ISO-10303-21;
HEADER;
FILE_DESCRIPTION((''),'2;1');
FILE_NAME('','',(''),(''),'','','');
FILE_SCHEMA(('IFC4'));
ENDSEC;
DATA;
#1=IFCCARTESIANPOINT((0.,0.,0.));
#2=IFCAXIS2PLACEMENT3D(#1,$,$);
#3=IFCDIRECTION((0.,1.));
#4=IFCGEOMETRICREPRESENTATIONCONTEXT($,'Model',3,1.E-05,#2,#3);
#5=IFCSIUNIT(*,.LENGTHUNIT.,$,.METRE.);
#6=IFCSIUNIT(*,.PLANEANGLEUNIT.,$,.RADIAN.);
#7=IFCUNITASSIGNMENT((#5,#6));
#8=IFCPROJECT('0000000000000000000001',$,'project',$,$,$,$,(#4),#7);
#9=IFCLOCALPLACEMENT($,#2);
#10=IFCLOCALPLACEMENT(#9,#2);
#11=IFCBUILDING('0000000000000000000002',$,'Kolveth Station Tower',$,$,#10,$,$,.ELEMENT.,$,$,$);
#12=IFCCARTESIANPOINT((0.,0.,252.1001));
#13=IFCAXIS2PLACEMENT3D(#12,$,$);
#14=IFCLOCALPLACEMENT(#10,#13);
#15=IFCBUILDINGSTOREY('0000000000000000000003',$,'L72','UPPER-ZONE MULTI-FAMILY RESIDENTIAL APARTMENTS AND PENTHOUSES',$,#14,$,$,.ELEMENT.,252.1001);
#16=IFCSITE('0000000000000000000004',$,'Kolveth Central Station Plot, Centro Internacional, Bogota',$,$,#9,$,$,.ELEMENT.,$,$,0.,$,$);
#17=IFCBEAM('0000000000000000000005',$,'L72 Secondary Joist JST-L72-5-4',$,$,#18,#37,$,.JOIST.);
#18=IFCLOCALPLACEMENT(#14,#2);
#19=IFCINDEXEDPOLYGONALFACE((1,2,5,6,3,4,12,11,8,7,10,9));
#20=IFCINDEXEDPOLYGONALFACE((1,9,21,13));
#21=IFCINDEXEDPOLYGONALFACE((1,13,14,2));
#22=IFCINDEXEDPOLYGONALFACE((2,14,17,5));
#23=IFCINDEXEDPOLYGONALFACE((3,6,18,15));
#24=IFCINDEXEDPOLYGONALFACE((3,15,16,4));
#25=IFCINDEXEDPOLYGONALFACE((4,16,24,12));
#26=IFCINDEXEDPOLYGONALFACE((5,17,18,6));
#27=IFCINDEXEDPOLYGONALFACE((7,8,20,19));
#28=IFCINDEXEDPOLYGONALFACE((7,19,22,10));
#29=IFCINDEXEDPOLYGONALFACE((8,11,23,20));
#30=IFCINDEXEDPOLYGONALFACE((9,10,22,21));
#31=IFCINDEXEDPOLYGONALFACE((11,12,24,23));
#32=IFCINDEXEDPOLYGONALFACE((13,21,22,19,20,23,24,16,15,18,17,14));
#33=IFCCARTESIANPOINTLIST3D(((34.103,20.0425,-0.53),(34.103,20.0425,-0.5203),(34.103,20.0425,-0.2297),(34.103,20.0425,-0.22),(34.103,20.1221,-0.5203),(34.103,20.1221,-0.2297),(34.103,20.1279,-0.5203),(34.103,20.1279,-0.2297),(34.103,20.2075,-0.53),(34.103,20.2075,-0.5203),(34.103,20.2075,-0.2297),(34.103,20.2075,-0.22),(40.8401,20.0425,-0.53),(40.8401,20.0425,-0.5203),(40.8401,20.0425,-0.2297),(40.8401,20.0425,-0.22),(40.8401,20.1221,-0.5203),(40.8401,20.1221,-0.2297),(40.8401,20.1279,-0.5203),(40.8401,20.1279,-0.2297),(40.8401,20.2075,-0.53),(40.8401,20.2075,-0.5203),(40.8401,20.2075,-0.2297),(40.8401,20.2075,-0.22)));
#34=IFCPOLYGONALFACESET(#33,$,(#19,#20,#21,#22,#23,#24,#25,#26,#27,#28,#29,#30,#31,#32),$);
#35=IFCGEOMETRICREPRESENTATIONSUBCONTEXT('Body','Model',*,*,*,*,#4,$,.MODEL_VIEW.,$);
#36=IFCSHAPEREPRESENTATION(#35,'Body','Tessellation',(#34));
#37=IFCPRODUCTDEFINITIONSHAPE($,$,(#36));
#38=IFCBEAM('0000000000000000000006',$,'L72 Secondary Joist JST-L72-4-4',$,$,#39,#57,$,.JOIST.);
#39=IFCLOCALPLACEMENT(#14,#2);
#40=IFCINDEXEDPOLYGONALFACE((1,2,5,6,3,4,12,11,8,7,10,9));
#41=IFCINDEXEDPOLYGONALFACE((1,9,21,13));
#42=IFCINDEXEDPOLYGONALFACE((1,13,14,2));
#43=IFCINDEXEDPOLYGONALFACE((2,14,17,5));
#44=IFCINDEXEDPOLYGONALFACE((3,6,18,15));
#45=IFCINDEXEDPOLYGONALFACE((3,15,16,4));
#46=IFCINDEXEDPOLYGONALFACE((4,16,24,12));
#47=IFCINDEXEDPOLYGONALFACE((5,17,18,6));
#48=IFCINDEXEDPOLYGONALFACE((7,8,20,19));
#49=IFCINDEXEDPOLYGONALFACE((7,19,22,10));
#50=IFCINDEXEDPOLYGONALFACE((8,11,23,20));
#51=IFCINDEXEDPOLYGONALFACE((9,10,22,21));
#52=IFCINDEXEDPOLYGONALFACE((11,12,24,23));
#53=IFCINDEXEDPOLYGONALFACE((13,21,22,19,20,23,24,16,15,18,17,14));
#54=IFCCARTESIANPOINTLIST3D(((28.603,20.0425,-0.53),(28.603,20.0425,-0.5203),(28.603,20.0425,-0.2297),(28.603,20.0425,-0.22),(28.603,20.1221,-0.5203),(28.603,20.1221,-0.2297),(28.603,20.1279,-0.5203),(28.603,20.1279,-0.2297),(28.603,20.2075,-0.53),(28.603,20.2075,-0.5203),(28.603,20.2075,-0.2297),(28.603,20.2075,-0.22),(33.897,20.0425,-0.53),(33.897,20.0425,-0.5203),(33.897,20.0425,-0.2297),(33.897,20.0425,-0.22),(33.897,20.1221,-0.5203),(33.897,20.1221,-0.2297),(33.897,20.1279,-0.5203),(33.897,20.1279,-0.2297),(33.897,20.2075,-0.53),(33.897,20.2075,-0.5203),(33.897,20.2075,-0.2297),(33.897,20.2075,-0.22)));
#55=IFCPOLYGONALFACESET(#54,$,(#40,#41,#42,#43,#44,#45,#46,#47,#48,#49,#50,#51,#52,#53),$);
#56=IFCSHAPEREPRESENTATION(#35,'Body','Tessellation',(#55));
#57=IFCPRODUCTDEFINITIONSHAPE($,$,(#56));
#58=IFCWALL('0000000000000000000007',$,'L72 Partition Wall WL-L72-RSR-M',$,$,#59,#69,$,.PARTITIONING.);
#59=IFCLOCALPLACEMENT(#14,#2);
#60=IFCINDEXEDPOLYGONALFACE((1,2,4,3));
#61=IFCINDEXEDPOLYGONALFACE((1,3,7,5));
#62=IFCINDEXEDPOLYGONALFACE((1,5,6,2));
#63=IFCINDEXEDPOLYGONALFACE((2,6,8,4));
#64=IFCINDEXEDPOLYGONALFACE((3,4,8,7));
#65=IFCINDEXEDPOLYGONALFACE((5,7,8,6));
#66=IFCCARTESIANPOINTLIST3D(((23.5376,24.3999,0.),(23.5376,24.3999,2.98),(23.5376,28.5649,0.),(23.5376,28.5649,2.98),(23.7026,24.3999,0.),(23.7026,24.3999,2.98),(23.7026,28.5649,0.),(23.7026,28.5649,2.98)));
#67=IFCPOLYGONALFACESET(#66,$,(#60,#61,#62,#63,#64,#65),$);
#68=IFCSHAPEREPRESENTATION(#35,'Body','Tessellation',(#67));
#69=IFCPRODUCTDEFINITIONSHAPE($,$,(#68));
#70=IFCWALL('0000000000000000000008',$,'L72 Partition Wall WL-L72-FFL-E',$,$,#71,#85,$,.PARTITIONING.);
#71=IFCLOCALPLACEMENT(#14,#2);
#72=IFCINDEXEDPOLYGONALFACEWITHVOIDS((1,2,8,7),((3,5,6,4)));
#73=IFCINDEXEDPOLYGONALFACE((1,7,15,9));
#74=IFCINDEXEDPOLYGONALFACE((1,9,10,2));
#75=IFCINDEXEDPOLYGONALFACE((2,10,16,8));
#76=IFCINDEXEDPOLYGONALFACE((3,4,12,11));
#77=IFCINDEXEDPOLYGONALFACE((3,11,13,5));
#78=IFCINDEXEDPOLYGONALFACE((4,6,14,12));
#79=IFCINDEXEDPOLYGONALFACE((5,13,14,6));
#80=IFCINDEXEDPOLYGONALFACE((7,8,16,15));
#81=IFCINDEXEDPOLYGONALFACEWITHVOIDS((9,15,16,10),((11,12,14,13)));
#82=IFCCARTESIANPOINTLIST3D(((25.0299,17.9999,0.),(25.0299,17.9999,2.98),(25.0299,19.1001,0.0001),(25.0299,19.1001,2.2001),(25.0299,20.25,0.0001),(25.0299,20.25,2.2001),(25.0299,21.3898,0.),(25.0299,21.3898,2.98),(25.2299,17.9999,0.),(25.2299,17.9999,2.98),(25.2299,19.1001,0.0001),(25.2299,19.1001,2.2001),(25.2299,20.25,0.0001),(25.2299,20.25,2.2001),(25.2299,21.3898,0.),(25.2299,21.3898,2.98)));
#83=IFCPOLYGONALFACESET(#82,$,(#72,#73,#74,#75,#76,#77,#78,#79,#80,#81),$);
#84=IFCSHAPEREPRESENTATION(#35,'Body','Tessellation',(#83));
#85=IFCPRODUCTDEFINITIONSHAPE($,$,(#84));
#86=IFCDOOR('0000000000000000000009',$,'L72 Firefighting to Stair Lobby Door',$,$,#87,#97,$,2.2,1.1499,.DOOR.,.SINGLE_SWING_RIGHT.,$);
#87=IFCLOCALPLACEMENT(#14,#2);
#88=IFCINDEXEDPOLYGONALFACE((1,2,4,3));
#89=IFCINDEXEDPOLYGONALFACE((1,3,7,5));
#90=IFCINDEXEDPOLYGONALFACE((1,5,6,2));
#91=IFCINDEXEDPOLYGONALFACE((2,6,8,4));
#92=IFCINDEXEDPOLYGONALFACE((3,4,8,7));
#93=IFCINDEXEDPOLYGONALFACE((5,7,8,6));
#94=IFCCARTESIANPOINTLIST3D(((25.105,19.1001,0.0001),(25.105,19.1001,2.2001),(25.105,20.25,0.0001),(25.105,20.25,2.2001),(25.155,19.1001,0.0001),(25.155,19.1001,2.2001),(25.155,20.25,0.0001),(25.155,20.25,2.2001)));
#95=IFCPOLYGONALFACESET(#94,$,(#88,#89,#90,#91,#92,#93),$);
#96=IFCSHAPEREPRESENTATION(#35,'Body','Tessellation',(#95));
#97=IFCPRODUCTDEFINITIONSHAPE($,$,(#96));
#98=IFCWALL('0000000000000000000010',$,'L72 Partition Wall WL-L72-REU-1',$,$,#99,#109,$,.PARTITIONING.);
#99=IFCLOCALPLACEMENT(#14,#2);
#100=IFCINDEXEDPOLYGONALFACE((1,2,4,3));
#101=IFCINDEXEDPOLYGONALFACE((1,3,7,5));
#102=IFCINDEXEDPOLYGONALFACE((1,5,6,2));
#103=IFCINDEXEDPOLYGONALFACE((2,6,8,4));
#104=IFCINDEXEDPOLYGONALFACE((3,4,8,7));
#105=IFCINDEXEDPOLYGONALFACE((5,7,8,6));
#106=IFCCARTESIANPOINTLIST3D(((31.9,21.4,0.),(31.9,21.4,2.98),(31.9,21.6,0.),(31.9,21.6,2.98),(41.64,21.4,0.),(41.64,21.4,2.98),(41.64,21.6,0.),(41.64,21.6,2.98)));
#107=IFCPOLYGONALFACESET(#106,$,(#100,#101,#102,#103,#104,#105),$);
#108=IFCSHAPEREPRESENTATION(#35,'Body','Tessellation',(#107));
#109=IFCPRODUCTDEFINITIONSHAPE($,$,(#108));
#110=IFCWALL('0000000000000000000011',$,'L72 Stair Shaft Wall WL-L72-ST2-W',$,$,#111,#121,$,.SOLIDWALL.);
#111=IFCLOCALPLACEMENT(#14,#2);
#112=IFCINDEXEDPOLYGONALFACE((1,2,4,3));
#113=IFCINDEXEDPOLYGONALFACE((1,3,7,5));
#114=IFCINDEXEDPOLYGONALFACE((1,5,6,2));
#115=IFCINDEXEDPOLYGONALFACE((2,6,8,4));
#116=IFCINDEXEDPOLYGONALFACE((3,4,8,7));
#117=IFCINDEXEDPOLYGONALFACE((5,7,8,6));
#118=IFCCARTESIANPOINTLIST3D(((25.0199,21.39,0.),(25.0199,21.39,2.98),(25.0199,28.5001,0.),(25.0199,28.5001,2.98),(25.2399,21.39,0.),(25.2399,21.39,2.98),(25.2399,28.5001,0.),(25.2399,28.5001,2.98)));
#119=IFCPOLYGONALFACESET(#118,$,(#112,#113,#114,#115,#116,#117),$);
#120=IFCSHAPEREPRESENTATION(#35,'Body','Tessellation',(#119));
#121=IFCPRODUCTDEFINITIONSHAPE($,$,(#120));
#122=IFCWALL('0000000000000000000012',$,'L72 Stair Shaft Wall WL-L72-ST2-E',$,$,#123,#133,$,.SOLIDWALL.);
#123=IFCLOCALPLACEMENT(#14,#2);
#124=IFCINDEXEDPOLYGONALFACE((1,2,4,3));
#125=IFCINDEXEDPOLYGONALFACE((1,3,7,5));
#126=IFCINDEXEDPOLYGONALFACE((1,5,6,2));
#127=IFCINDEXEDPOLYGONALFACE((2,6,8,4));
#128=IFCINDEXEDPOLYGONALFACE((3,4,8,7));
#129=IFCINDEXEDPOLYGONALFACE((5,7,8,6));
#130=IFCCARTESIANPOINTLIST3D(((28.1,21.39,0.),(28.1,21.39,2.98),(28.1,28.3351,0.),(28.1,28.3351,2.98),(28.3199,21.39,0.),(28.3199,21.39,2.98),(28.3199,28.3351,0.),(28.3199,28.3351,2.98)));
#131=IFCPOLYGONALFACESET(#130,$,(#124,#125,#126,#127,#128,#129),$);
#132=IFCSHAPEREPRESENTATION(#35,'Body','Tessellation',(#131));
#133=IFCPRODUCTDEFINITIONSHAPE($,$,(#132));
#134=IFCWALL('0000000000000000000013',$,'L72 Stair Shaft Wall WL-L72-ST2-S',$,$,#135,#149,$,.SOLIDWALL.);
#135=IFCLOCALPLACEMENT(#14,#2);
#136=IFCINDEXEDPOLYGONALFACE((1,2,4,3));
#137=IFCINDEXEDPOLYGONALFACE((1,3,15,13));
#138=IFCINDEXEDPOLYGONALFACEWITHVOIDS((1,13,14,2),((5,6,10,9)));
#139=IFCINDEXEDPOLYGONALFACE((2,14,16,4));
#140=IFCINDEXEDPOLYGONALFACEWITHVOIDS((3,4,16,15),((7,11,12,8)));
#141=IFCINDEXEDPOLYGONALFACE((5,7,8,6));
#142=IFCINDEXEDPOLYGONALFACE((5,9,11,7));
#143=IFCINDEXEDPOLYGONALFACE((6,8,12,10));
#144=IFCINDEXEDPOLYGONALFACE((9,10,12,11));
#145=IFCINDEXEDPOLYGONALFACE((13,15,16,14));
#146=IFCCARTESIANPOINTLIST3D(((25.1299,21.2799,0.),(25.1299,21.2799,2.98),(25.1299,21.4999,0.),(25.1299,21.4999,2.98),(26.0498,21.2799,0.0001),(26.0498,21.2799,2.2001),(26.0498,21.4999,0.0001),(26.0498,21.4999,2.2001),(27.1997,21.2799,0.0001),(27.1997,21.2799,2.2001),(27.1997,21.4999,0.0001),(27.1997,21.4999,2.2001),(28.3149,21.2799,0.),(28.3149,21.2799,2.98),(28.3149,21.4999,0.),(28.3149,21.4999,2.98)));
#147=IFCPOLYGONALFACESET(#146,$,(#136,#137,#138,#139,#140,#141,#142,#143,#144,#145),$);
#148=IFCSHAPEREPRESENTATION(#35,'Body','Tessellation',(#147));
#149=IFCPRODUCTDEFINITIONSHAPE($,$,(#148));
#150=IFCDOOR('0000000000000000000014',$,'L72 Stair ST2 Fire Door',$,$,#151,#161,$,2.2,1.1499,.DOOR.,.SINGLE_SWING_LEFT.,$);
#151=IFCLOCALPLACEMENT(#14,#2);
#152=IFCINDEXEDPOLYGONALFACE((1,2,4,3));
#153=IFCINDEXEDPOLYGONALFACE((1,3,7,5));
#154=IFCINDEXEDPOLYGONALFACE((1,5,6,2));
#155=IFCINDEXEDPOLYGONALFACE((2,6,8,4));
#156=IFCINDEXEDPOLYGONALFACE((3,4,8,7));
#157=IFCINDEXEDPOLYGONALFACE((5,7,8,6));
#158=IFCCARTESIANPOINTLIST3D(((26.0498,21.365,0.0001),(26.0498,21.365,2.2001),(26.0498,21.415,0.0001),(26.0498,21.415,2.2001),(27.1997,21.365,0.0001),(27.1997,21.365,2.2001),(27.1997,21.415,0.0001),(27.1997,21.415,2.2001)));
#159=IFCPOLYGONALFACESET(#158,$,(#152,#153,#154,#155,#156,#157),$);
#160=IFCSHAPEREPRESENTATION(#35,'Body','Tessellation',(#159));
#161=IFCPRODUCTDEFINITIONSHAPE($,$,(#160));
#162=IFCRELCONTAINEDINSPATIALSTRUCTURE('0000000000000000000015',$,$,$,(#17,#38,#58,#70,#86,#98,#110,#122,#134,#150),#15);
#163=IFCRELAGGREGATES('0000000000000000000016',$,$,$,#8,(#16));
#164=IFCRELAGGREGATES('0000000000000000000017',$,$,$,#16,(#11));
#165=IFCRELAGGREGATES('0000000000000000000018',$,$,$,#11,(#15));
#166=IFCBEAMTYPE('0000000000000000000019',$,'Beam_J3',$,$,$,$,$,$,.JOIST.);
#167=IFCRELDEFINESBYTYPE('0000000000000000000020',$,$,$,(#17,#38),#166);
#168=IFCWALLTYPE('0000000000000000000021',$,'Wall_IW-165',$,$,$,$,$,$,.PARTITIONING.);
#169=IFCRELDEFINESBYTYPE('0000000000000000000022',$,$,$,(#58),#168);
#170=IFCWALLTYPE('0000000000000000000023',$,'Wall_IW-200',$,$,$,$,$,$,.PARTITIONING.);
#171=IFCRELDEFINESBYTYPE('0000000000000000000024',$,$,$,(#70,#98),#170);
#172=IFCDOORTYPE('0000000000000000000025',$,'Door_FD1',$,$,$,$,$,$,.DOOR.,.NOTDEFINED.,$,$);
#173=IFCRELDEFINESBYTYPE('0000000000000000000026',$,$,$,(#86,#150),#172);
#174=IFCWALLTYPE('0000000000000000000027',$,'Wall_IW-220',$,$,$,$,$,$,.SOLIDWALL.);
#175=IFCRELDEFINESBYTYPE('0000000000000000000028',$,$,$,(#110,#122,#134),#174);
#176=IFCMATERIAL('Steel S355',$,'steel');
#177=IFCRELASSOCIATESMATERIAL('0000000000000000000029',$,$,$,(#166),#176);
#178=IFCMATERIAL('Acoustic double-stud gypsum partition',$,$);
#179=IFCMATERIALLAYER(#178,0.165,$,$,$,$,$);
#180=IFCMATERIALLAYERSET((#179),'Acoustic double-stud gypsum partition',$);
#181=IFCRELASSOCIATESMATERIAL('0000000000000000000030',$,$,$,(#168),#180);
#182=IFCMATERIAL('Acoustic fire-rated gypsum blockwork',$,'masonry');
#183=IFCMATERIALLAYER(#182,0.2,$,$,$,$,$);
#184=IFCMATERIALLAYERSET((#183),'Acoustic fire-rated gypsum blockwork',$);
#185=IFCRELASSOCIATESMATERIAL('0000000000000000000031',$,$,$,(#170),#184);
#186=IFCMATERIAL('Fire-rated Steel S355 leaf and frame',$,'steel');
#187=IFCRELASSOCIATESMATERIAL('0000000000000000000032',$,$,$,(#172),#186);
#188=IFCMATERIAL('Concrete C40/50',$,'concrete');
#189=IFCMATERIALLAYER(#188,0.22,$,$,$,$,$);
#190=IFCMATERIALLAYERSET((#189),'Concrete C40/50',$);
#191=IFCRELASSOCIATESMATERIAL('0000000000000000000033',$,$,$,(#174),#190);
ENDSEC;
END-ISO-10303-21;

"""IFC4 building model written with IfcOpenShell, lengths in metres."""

from ifc_helpers import new_model, si_unit, direction, frame, frame_2d, origin, origin_2d, place, context, subcontext, project, spatial, rectangle, i_section, extrude, source, transform, mapped, material, layer, layer_set, material_profile, profile_set, type_object, element, fill, save


model = new_model("IFC4")

# Units and contexts
model_context = context("Model", 3, precision=1e-05, world=origin(), true_north=direction((0.0, 1.0)))
body_context = subcontext(model_context, "Body", "Model", "MODEL_VIEW")
ifc_project = project(units=[si_unit("LENGTHUNIT", "METRE"), si_unit("PLANEANGLEUNIT", "RADIAN")], contexts=[model_context])

# Site, building, storey
site_placement = place(None, origin())
site = spatial("IfcSite", under=ifc_project, at=site_placement, Name="Kolveth Central Station Plot, Centro Internacional, Bogota", CompositionType="ELEMENT", RefElevation=0.0)
building_placement = place(site_placement, origin())
building = spatial("IfcBuilding", under=site, at=building_placement, Name="Kolveth Station Tower", CompositionType="ELEMENT")
storey_placement = place(building_placement, frame((0.0, 0.0, 252.1001)))
storey = spatial("IfcBuildingStorey", under=building, at=storey_placement, Name="L72", Description="UPPER-ZONE MULTI-FAMILY RESIDENTIAL APARTMENTS AND PENTHOUSES", CompositionType="ELEMENT", Elevation=252.1001)

# Shared definitions
ifc_material_1 = material(Name="Steel S355", Category="steel")

# Beams
ifc_material_profile_1 = material_profile(ifc_material_1, i_section(OverallWidth=0.165, OverallDepth=0.3101, WebThickness=0.0059, FlangeThickness=0.0098, at=origin_2d()), Name="W310x39")
ifc_profile_set_1 = profile_set([ifc_material_profile_1], Name="Steel S355")
beam_type_1 = type_object("IfcBeamType", Name="Beam_J3", PredefinedType="JOIST", material=ifc_profile_set_1)
shared_shape_1 = source(origin(), body_context, "Body", "SweptSolid", [
    extrude(i_section(OverallWidth=0.165, OverallDepth=0.3101, WebThickness=0.0059, FlangeThickness=0.0098, at=origin_2d()), origin(), (0.0, 0.0, 1.0), 6.7371),
])
beam_1_placement = place(storey_placement, frame((34.103, 20.125, -0.375), z_axis=(1.0, 0.0, 0.0), x_axis=(0.0, 1.0, 0.0)))
element("IfcBeam", 1, at=beam_1_placement, inside=storey, type_object=beam_type_1, Name="L72 Secondary Joist JST-L72-5-4", PredefinedType="JOIST", context=body_context, shape_type="MappedRepresentation", body=[
    mapped(shared_shape_1, transform((0.0, 0.0, 0.0), x_axis=(1.0, 0.0, 0.0), y_axis=(0.0, 1.0, 0.0), z_axis=(0.0, 0.0, 1.0), scale=1.0)),
])
shared_shape_2 = source(origin(), body_context, "Body", "SweptSolid", [
    extrude(i_section(OverallWidth=0.165, OverallDepth=0.3101, WebThickness=0.0059, FlangeThickness=0.0098, at=origin_2d()), origin(), (0.0, 0.0, 1.0), 5.2939),
])
beam_2_placement = place(storey_placement, frame((28.603, 20.125, -0.375), z_axis=(1.0, 0.0, 0.0), x_axis=(0.0, 1.0, 0.0)))
element("IfcBeam", 2, at=beam_2_placement, inside=storey, type_object=beam_type_1, Name="L72 Secondary Joist JST-L72-4-4", PredefinedType="JOIST", context=body_context, shape_type="MappedRepresentation", body=[
    mapped(shared_shape_2, transform((0.0, 0.0, 0.0), x_axis=(1.0, 0.0, 0.0), y_axis=(0.0, 1.0, 0.0), z_axis=(0.0, 0.0, 1.0), scale=1.0)),
])

# Wall
ifc_material_2 = material(Name="Acoustic double-stud gypsum partition")
ifc_layer_1 = layer(ifc_material_2, 0.165)
ifc_layer_set_1 = layer_set([ifc_layer_1], Name="Acoustic double-stud gypsum partition")
wall_type_1 = type_object("IfcWallType", Name="Wall_IW-165", PredefinedType="PARTITIONING", material=ifc_layer_set_1)
wall_1_placement = place(storey_placement, frame((23.6201, 24.3999, 0.0), z_axis=(0.0, 0.0, 1.0), x_axis=(0.0, 1.0, 0.0)))
element("IfcWall", 3, at=wall_1_placement, inside=storey, type_object=wall_type_1, Name="L72 Partition Wall WL-L72-RSR-M", PredefinedType="PARTITIONING", context=body_context, shape_type="SweptSolid", body=[
    extrude(rectangle(XDim=4.165, YDim=0.165, at=frame_2d((2.0825, 0.0))), origin(), (0.0, 0.0, 1.0), 2.98),
])

# Wall, opening, door
ifc_material_3 = material(Name="Acoustic fire-rated gypsum blockwork", Category="masonry")
ifc_layer_2 = layer(ifc_material_3, 0.2)
ifc_layer_set_2 = layer_set([ifc_layer_2], Name="Acoustic fire-rated gypsum blockwork")
wall_type_2 = type_object("IfcWallType", Name="Wall_IW-200", PredefinedType="PARTITIONING", material=ifc_layer_set_2)
wall_2_placement = place(storey_placement, frame((25.1299, 18.0, 0.0), z_axis=(0.0, 0.0, 1.0), x_axis=(0.0, 1.0, 0.0)))
wall_2 = element("IfcWall", 4, at=wall_2_placement, inside=storey, type_object=wall_type_2, Name="L72 Partition Wall WL-L72-FFL-E", PredefinedType="PARTITIONING", context=body_context, shape_type="SweptSolid", body=[
    extrude(rectangle(XDim=3.3899, YDim=0.2, at=frame_2d((1.6948, 0.0))), origin(), (0.0, 0.0, 1.0), 2.98),
])
opening_1_placement = place(wall_2_placement, frame((1.1001, 0.0, 0.0)))
opening_1 = element("IfcOpeningElement", 5, at=opening_1_placement, cuts=wall_2, PredefinedType="OPENING", context=body_context, shape_type="SweptSolid", body=[
    extrude(rectangle(XDim=1.1499, YDim=2.2, at=frame_2d((0.575, 1.1001))), frame((0.0, 0.1099, 0.0), z_axis=(0.0, -1.0, 0.0), x_axis=(1.0, 0.0, 0.0)), (0.0, 0.0, 1.0), 0.22),
])
ifc_material_4 = material(Name="Fire-rated Steel S355 leaf and frame", Category="steel")
door_type = type_object("IfcDoorType", Name="Door_FD1", OperationType="NOTDEFINED", PredefinedType="DOOR", material=ifc_material_4)
door_1_placement = place(opening_1_placement, origin())
door_1 = element("IfcDoor", 6, at=door_1_placement, inside=storey, type_object=door_type, Name="L72 Firefighting to Stair Lobby Door", OperationType="SINGLE_SWING_RIGHT", OverallHeight=2.2, OverallWidth=1.1499, PredefinedType="DOOR", context=body_context, shape_type="SweptSolid", body=[
    extrude(rectangle(XDim=1.1499, YDim=2.2, at=frame_2d((0.575, 1.1001))), frame((0.0, 0.0249, 0.0), z_axis=(0.0, -1.0, 0.0), x_axis=(1.0, 0.0, 0.0)), (0.0, 0.0, 1.0), 0.05),
])
fill(opening_1, door_1)

# Walls
wall_3_placement = place(storey_placement, frame((31.8999, 21.5, 0.0), z_axis=(0.0, 0.0, 1.0), x_axis=(1.0, 0.0, 0.0)))
element("IfcWall", 7, at=wall_3_placement, inside=storey, type_object=wall_type_2, Name="L72 Partition Wall WL-L72-REU-1", PredefinedType="PARTITIONING", context=body_context, shape_type="SweptSolid", body=[
    extrude(rectangle(XDim=9.74, YDim=0.2, at=frame_2d((4.8701, 0.0))), origin(), (0.0, 0.0, 1.0), 2.98),
])
ifc_material_5 = material(Name="Concrete C40/50", Category="concrete")
ifc_layer_3 = layer(ifc_material_5, 0.22)
ifc_layer_set_3 = layer_set([ifc_layer_3], Name="Concrete C40/50")
wall_type_3 = type_object("IfcWallType", Name="Wall_IW-220", PredefinedType="SOLIDWALL", material=ifc_layer_set_3)
wall_4_placement = place(storey_placement, frame((25.1299, 21.3899, 0.0), z_axis=(0.0, 0.0, 1.0), x_axis=(0.0, 1.0, 0.0)))
element("IfcWall", 8, at=wall_4_placement, inside=storey, type_object=wall_type_3, Name="L72 Stair Shaft Wall WL-L72-ST2-W", PredefinedType="SOLIDWALL", context=body_context, shape_type="SweptSolid", body=[
    extrude(rectangle(XDim=7.1101, YDim=0.22, at=frame_2d((3.5552, 0.0))), origin(), (0.0, 0.0, 1.0), 2.98),
])
wall_5_placement = place(storey_placement, frame((28.21, 21.3899, 0.0), z_axis=(0.0, 0.0, 1.0), x_axis=(0.0, 1.0, 0.0)))
element("IfcWall", 9, at=wall_5_placement, inside=storey, type_object=wall_type_3, Name="L72 Stair Shaft Wall WL-L72-ST2-E", PredefinedType="SOLIDWALL", context=body_context, shape_type="SweptSolid", body=[
    extrude(rectangle(XDim=6.9451, YDim=0.22, at=frame_2d((3.4727, 0.0))), origin(), (0.0, 0.0, 1.0), 2.98),
])

# Wall, opening, door
wall_6_placement = place(storey_placement, frame((25.1299, 21.3899, 0.0), z_axis=(0.0, 0.0, 1.0), x_axis=(1.0, 0.0, 0.0)))
wall_6 = element("IfcWall", 10, at=wall_6_placement, inside=storey, type_object=wall_type_3, Name="L72 Stair Shaft Wall WL-L72-ST2-S", PredefinedType="SOLIDWALL", context=body_context, shape_type="SweptSolid", body=[
    extrude(rectangle(XDim=3.1851, YDim=0.22, at=frame_2d((1.5925, 0.0))), origin(), (0.0, 0.0, 1.0), 2.98),
])
opening_2_placement = place(wall_6_placement, frame((0.9199, 0.0, 0.0)))
opening_2 = element("IfcOpeningElement", 11, at=opening_2_placement, cuts=wall_6, PredefinedType="OPENING", context=body_context, shape_type="SweptSolid", body=[
    extrude(rectangle(XDim=1.1499, YDim=2.2, at=frame_2d((0.575, 1.1001))), frame((0.0, 0.1199, 0.0), z_axis=(0.0, -1.0, 0.0), x_axis=(1.0, 0.0, 0.0)), (0.0, 0.0, 1.0), 0.24),
])
door_2_placement = place(opening_2_placement, frame((1.1499, 0.0, 0.0), z_axis=(0.0, 0.0, 1.0), x_axis=(-1.0, 0.0, 0.0)))
door_2 = element("IfcDoor", 12, at=door_2_placement, inside=storey, type_object=door_type, Name="L72 Stair ST2 Fire Door", OperationType="SINGLE_SWING_LEFT", OverallHeight=2.2, OverallWidth=1.1499, PredefinedType="DOOR", context=body_context, shape_type="SweptSolid", body=[
    extrude(rectangle(XDim=1.1499, YDim=2.2, at=frame_2d((0.575, 1.1001))), frame((0.0, 0.0249, 0.0), z_axis=(0.0, -1.0, 0.0), x_axis=(1.0, 0.0, 0.0)), (0.0, 0.0, 1.0), 0.05),
])
fill(opening_2, door_2)

save(model, "model.ifc")
